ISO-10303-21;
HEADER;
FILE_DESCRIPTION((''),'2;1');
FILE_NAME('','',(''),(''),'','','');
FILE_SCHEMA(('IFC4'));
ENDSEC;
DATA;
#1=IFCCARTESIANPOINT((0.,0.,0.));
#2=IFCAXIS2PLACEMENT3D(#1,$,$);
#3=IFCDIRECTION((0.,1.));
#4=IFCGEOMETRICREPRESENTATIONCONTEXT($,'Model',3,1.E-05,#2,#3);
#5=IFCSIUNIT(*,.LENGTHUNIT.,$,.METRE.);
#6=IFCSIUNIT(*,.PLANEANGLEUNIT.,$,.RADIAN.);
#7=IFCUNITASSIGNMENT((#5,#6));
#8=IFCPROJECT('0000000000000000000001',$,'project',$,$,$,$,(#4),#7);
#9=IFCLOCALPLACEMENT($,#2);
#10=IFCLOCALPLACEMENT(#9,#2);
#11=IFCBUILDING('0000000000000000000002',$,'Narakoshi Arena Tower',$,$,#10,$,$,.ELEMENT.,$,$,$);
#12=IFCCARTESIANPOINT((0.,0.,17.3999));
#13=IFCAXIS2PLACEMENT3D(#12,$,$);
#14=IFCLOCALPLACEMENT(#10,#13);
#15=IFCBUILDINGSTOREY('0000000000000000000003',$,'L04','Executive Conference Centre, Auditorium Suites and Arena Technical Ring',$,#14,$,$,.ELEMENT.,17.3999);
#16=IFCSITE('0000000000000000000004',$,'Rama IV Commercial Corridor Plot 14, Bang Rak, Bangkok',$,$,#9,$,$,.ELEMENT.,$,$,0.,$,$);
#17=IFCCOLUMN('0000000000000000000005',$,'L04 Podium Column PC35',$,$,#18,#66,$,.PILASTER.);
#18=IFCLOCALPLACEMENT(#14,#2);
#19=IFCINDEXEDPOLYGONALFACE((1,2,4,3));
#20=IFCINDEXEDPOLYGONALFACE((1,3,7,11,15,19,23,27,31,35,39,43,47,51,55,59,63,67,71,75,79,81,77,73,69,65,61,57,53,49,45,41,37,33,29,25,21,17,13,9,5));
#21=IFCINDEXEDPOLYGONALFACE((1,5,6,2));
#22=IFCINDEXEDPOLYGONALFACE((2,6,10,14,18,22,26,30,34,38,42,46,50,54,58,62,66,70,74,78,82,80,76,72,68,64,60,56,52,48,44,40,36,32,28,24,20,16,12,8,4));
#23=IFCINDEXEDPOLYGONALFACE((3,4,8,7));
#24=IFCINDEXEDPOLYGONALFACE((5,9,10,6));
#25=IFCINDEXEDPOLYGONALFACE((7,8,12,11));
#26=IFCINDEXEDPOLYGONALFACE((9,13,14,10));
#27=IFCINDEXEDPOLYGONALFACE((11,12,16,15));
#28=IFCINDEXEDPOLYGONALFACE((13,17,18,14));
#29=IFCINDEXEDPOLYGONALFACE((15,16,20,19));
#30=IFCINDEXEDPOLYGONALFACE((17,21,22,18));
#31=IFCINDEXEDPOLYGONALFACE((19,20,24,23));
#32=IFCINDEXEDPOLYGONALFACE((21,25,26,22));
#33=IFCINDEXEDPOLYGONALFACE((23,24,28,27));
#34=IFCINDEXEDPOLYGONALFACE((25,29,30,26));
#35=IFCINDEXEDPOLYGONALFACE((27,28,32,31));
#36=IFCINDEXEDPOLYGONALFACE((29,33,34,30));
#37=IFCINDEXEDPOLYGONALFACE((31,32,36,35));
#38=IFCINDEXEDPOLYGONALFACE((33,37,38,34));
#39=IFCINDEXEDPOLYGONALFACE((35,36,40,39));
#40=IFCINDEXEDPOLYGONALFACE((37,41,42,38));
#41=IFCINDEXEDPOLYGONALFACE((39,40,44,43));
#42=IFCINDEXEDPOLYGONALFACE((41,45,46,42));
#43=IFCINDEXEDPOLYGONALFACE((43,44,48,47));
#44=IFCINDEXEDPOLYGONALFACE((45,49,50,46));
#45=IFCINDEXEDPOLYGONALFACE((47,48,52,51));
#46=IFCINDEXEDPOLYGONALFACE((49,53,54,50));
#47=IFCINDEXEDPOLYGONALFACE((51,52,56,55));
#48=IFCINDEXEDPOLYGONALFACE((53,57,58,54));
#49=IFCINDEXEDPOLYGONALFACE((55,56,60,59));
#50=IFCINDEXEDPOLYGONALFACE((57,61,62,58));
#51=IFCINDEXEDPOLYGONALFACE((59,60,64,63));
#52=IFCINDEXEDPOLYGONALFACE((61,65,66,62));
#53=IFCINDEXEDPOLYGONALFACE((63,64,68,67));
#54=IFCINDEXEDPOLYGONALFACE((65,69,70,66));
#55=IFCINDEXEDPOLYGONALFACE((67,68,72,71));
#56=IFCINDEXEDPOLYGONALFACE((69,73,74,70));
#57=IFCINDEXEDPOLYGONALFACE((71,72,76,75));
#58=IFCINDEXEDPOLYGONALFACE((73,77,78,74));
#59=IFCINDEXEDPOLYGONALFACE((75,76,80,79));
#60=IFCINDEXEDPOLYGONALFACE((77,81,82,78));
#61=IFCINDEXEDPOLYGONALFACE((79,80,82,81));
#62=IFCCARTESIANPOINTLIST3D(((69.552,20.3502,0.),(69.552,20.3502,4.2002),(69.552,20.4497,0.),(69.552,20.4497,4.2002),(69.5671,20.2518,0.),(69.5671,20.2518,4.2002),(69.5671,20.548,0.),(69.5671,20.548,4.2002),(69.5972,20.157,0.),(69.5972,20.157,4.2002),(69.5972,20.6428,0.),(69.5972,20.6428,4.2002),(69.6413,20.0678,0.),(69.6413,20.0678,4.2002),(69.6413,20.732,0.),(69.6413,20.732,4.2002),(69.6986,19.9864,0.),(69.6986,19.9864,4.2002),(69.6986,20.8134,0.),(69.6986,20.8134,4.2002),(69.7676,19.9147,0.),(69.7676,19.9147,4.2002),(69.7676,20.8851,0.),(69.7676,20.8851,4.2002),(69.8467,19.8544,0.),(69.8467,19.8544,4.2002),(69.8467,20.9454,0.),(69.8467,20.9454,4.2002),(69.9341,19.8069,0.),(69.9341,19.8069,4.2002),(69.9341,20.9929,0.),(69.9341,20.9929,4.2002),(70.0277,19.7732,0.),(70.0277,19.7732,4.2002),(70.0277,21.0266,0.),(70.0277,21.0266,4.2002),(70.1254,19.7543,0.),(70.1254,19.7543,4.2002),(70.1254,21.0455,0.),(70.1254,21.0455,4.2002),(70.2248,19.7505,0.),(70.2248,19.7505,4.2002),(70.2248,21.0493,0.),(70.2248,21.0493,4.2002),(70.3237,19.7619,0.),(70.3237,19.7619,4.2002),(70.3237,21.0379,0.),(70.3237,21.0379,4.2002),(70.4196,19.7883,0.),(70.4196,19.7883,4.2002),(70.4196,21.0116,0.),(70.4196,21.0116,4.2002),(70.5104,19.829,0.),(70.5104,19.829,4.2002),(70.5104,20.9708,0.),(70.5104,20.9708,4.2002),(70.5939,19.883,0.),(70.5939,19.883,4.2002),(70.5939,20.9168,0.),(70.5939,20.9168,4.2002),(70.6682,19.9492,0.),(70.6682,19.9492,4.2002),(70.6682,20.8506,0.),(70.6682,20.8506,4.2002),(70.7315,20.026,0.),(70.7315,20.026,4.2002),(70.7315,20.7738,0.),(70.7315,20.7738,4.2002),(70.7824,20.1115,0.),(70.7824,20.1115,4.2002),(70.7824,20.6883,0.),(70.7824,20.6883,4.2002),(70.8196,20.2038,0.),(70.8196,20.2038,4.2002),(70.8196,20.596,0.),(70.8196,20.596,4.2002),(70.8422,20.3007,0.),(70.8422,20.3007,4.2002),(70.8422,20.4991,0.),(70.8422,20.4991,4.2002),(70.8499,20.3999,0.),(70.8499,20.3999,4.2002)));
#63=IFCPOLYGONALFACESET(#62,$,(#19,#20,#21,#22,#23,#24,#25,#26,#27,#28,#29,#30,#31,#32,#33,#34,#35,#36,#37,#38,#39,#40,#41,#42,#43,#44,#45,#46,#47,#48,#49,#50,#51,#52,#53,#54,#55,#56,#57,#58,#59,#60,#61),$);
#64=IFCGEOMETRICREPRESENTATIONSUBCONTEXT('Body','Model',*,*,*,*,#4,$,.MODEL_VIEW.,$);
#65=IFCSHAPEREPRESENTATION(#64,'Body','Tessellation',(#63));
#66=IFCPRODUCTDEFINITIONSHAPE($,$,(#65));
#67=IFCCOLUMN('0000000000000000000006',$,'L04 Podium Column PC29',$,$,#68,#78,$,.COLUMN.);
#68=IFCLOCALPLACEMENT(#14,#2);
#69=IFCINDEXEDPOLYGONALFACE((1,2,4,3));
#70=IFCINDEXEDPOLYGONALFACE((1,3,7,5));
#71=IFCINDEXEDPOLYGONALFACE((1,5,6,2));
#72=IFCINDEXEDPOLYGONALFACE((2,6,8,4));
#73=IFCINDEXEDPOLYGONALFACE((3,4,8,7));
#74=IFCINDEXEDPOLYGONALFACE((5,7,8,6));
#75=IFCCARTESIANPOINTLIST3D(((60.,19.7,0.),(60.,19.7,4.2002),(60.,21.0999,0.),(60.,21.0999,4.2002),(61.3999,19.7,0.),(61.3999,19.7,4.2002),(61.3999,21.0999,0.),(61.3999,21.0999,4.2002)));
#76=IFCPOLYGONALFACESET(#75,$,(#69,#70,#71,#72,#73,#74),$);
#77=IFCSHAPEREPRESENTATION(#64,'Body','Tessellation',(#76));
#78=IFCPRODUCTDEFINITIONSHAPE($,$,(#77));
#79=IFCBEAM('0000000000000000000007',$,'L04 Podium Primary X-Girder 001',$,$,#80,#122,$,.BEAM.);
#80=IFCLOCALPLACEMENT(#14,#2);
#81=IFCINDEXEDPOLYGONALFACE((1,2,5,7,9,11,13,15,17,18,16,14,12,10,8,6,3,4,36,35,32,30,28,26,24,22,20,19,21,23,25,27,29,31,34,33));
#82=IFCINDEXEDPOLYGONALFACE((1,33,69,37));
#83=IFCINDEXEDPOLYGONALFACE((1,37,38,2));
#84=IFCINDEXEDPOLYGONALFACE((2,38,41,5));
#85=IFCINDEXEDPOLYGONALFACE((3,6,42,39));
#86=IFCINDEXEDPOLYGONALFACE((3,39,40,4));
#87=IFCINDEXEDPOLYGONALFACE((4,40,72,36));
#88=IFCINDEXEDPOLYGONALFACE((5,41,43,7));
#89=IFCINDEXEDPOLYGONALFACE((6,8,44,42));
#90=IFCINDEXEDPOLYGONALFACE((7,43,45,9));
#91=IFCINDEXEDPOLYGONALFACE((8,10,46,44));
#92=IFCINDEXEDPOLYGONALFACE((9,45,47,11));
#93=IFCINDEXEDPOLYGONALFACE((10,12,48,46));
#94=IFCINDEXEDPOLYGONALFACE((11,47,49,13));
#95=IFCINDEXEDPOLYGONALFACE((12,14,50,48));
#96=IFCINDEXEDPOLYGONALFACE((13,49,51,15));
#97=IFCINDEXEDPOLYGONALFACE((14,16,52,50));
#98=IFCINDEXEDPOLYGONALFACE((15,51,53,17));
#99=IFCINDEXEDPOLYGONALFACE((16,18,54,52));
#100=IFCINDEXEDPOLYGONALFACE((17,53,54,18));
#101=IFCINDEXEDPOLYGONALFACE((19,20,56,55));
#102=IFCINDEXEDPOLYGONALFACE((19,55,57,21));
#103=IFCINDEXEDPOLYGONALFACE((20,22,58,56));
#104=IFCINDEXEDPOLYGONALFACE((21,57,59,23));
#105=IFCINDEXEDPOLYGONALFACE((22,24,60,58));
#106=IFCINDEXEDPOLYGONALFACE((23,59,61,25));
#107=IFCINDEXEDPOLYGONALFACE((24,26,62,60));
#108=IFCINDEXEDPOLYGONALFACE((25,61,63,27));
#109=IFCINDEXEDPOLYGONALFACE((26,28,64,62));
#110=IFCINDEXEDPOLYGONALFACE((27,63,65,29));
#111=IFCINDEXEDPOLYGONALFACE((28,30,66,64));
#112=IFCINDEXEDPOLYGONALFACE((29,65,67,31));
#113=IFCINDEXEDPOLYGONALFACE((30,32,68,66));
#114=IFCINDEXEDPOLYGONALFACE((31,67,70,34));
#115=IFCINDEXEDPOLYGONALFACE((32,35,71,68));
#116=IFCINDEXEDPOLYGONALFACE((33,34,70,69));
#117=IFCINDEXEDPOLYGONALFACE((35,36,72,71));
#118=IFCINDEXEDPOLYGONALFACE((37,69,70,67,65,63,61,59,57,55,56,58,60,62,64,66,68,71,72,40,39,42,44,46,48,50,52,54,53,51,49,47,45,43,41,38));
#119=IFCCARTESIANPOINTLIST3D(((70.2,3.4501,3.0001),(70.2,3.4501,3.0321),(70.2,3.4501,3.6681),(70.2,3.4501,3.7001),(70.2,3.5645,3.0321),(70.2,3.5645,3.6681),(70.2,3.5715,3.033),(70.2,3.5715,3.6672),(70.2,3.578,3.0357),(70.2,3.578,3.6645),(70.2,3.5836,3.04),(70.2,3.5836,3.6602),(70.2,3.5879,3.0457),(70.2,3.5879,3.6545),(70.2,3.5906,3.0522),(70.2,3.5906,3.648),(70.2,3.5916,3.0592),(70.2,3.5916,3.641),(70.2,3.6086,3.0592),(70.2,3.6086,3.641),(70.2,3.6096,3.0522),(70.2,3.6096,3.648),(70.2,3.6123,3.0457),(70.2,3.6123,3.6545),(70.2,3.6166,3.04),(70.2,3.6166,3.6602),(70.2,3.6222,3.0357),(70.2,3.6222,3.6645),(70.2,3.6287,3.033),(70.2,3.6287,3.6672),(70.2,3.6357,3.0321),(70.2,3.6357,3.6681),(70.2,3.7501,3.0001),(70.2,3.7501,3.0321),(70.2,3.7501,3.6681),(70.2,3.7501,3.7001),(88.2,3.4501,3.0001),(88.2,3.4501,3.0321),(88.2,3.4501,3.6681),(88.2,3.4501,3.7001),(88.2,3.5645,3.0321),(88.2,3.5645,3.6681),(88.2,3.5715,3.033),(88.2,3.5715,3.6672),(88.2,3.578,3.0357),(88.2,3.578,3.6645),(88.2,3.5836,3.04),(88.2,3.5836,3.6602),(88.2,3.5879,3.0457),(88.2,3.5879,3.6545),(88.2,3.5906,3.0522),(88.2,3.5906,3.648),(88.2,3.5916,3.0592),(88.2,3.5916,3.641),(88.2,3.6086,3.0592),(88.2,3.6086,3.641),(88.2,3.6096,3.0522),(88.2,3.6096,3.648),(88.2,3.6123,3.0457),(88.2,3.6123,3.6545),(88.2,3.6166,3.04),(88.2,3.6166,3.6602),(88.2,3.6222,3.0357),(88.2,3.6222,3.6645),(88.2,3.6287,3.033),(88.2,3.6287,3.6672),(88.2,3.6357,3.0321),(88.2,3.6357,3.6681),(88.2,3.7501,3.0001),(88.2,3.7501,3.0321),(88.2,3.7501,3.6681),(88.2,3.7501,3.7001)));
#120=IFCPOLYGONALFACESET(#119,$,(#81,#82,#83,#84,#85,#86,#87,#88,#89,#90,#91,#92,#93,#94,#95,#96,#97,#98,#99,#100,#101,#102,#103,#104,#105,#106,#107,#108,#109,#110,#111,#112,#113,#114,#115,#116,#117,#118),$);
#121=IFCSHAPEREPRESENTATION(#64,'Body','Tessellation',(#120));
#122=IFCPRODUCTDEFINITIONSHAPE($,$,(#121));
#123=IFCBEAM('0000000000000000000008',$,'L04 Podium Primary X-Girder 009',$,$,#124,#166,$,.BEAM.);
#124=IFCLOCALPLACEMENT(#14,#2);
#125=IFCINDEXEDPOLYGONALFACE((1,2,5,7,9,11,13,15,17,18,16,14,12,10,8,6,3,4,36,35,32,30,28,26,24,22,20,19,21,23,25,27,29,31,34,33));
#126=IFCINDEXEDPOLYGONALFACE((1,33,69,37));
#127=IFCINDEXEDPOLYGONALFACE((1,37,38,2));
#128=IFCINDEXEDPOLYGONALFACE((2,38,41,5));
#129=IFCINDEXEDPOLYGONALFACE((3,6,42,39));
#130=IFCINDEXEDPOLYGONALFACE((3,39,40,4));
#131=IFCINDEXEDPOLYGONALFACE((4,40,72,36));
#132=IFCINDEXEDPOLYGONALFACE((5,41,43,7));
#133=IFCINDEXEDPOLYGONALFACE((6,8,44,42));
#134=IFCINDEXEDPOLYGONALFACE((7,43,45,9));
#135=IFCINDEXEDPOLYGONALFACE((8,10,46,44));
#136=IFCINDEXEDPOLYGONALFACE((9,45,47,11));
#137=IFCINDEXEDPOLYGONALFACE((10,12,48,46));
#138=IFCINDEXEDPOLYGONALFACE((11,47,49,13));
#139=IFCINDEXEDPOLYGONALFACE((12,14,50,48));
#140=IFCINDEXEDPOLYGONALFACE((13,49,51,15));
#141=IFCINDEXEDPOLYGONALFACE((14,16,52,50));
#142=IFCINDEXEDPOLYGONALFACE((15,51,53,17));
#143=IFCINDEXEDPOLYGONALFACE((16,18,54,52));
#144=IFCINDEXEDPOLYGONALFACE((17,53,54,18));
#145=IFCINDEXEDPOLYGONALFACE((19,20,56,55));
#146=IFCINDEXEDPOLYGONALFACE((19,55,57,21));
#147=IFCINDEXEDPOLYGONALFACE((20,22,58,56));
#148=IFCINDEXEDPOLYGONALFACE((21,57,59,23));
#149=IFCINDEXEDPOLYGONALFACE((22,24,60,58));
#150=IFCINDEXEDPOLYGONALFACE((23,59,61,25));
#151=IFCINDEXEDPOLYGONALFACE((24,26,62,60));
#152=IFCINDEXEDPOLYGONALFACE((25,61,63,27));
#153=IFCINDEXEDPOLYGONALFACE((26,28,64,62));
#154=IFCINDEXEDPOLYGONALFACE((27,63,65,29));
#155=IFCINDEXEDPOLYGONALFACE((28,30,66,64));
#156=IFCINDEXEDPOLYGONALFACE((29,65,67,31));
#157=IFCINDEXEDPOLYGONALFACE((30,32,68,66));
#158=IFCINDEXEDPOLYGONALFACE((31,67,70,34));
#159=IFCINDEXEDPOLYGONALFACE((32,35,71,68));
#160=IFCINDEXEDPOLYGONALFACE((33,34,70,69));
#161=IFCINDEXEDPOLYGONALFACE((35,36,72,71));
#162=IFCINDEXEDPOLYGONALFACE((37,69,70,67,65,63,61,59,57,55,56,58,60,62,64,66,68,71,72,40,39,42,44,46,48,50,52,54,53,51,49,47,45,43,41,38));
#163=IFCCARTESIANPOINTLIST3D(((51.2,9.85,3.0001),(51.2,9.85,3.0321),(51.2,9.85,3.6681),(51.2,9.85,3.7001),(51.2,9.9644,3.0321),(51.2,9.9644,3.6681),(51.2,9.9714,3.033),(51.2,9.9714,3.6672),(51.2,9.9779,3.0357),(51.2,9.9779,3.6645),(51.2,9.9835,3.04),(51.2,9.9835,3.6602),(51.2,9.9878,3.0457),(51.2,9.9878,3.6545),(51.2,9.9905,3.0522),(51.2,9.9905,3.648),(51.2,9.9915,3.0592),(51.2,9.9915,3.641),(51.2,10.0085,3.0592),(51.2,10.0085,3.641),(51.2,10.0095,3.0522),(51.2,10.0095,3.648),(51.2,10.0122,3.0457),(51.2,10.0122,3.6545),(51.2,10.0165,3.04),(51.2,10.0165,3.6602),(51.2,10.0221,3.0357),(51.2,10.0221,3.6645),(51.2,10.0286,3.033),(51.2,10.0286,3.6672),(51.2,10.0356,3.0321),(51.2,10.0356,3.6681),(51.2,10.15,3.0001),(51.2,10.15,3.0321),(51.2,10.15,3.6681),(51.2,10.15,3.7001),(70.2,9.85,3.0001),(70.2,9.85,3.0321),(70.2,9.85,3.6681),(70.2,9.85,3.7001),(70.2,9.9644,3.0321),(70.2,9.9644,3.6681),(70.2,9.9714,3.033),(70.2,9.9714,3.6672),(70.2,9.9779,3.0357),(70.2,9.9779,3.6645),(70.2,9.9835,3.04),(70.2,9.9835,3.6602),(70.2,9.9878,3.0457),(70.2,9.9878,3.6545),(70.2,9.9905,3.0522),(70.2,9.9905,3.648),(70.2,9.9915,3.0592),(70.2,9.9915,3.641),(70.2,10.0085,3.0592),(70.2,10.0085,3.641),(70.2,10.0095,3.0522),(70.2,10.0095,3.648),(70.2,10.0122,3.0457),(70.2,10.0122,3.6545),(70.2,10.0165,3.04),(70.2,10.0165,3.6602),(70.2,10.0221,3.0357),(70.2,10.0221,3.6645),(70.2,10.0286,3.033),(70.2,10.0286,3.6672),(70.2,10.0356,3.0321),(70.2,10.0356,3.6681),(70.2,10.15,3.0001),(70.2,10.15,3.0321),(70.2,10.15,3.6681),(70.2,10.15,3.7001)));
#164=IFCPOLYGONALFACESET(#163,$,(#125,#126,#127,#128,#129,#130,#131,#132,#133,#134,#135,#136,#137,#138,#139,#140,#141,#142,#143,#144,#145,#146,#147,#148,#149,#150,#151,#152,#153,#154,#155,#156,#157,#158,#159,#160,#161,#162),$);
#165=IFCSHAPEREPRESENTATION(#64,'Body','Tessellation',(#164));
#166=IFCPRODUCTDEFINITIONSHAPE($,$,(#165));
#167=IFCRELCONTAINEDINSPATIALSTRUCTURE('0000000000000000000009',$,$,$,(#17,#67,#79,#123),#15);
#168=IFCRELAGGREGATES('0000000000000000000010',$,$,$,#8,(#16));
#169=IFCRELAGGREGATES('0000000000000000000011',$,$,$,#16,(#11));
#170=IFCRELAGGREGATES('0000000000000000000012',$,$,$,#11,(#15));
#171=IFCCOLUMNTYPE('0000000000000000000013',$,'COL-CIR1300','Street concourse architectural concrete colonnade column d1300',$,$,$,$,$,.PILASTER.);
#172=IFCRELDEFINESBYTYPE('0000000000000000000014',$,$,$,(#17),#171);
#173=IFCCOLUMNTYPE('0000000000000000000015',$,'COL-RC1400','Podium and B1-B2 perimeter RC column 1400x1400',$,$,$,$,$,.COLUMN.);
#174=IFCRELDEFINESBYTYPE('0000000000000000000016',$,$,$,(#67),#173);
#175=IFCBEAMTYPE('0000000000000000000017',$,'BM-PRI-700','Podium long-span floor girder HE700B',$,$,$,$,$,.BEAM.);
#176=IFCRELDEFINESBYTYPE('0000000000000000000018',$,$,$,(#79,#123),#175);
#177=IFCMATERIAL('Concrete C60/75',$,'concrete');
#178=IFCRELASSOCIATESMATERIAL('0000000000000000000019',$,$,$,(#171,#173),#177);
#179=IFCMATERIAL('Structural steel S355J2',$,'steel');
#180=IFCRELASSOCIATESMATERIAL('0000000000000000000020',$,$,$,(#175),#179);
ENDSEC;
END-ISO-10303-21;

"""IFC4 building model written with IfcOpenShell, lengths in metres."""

from ifc_helpers import new_model, si_unit, direction, frame, origin, origin_2d, place, context, subcontext, project, spatial, rectangle, circle, i_section, extrude, material, material_profile, profile_set, type_object, element, save


model = new_model("IFC4")

# Units and contexts
model_context = context("Model", 3, precision=1e-05, world=origin(), true_north=direction((0.0, 1.0)))
body_context = subcontext(model_context, "Body", "Model", "MODEL_VIEW")
ifc_project = project(units=[si_unit("LENGTHUNIT", "METRE"), si_unit("PLANEANGLEUNIT", "RADIAN")], contexts=[model_context])

# Site, building, storey
site_placement = place(None, origin())
site = spatial("IfcSite", under=ifc_project, at=site_placement, Name="Rama IV Commercial Corridor Plot 14, Bang Rak, Bangkok", CompositionType="ELEMENT", RefElevation=0.0)
building_placement = place(site_placement, origin())
building = spatial("IfcBuilding", under=site, at=building_placement, Name="Narakoshi Arena Tower", CompositionType="ELEMENT")
storey_placement = place(building_placement, frame((0.0, 0.0, 17.3999)))
storey = spatial("IfcBuildingStorey", under=building, at=storey_placement, Name="L04", Description="Executive Conference Centre, Auditorium Suites and Arena Technical Ring", CompositionType="ELEMENT", Elevation=17.3999)

# Columns
ifc_material_1 = material(Name="Concrete C60/75", Category="concrete")
ifc_material_profile_1 = material_profile(ifc_material_1, circle(Radius=0.6499, at=origin_2d()), Name="RCC1300")
ifc_profile_set_1 = profile_set([ifc_material_profile_1], Name="Concrete C60/75")
column_type_1 = type_object("IfcColumnType", Name="COL-CIR1300", Description="Street concourse architectural concrete colonnade column d1300", PredefinedType="PILASTER", material=ifc_profile_set_1)
for number, where, z_axis, x_axis, name in (
    (1, (70.2, 20.3999, 0.0), (0.0, 0.0, 1.0), (1.0, 0.0, 0.0), "L04 Podium Column PC35"),
):
    element("IfcColumn", number, at=place(storey_placement, frame(where, z_axis=z_axis, x_axis=x_axis)), inside=storey, type_object=column_type_1, Name=name, PredefinedType="PILASTER", context=body_context, shape_type="SweptSolid", body=[
        extrude(circle(Radius=0.6499, at=origin_2d()), origin(), (0.0, 0.0, 1.0), 4.2002),
    ])
ifc_material_profile_2 = material_profile(ifc_material_1, rectangle(XDim=1.3999, YDim=1.3999, at=origin_2d()), Name="RC1400x1400")
ifc_profile_set_2 = profile_set([ifc_material_profile_2], Name="Concrete C60/75")
column_type_2 = type_object("IfcColumnType", Name="COL-RC1400", Description="Podium and B1-B2 perimeter RC column 1400x1400", PredefinedType="COLUMN", material=ifc_profile_set_2)
column_placement = place(storey_placement, frame((60.7, 20.3999, 0.0), z_axis=(0.0, 0.0, 1.0), x_axis=(1.0, 0.0, 0.0)))
element("IfcColumn", 2, at=column_placement, inside=storey, type_object=column_type_2, Name="L04 Podium Column PC29", PredefinedType="COLUMN", context=body_context, shape_type="SweptSolid", body=[
    extrude(rectangle(XDim=1.3999, YDim=1.3999, at=origin_2d()), origin(), (0.0, 0.0, 1.0), 4.2002),
])

# Beams
ifc_material_2 = material(Name="Structural steel S355J2", Category="steel")
ifc_material_profile_3 = material_profile(ifc_material_2, i_section(OverallWidth=0.3, OverallDepth=0.7, WebThickness=0.0171, FlangeThickness=0.032, FilletRadius=0.0271, at=origin_2d()), Name="HE700B")
ifc_profile_set_3 = profile_set([ifc_material_profile_3], Name="Structural steel S355J2")
beam_type_1 = type_object("IfcBeamType", Name="BM-PRI-700", Description="Podium long-span floor girder HE700B", PredefinedType="BEAM", material=ifc_profile_set_3)
beam_1_placement = place(storey_placement, frame((70.2, 3.6001, 3.3501), z_axis=(1.0, 0.0, 0.0), x_axis=(0.0, 1.0, 0.0)))
element("IfcBeam", 3, at=beam_1_placement, inside=storey, type_object=beam_type_1, Name="L04 Podium Primary X-Girder 001", PredefinedType="BEAM", context=body_context, shape_type="SweptSolid", body=[
    extrude(i_section(OverallWidth=0.3, OverallDepth=0.7, WebThickness=0.0171, FlangeThickness=0.032, FilletRadius=0.0271, at=origin_2d()), origin(), (0.0, 0.0, 1.0), 18.0),
])
beam_2_placement = place(storey_placement, frame((51.2, 10.0, 3.3501), z_axis=(1.0, 0.0, 0.0), x_axis=(0.0, 1.0, 0.0)))
element("IfcBeam", 4, at=beam_2_placement, inside=storey, type_object=beam_type_1, Name="L04 Podium Primary X-Girder 009", PredefinedType="BEAM", context=body_context, shape_type="SweptSolid", body=[
    extrude(i_section(OverallWidth=0.3, OverallDepth=0.7, WebThickness=0.0171, FlangeThickness=0.032, FilletRadius=0.0271, at=origin_2d()), origin(), (0.0, 0.0, 1.0), 19.0),
])

save(model, "model.ifc")
